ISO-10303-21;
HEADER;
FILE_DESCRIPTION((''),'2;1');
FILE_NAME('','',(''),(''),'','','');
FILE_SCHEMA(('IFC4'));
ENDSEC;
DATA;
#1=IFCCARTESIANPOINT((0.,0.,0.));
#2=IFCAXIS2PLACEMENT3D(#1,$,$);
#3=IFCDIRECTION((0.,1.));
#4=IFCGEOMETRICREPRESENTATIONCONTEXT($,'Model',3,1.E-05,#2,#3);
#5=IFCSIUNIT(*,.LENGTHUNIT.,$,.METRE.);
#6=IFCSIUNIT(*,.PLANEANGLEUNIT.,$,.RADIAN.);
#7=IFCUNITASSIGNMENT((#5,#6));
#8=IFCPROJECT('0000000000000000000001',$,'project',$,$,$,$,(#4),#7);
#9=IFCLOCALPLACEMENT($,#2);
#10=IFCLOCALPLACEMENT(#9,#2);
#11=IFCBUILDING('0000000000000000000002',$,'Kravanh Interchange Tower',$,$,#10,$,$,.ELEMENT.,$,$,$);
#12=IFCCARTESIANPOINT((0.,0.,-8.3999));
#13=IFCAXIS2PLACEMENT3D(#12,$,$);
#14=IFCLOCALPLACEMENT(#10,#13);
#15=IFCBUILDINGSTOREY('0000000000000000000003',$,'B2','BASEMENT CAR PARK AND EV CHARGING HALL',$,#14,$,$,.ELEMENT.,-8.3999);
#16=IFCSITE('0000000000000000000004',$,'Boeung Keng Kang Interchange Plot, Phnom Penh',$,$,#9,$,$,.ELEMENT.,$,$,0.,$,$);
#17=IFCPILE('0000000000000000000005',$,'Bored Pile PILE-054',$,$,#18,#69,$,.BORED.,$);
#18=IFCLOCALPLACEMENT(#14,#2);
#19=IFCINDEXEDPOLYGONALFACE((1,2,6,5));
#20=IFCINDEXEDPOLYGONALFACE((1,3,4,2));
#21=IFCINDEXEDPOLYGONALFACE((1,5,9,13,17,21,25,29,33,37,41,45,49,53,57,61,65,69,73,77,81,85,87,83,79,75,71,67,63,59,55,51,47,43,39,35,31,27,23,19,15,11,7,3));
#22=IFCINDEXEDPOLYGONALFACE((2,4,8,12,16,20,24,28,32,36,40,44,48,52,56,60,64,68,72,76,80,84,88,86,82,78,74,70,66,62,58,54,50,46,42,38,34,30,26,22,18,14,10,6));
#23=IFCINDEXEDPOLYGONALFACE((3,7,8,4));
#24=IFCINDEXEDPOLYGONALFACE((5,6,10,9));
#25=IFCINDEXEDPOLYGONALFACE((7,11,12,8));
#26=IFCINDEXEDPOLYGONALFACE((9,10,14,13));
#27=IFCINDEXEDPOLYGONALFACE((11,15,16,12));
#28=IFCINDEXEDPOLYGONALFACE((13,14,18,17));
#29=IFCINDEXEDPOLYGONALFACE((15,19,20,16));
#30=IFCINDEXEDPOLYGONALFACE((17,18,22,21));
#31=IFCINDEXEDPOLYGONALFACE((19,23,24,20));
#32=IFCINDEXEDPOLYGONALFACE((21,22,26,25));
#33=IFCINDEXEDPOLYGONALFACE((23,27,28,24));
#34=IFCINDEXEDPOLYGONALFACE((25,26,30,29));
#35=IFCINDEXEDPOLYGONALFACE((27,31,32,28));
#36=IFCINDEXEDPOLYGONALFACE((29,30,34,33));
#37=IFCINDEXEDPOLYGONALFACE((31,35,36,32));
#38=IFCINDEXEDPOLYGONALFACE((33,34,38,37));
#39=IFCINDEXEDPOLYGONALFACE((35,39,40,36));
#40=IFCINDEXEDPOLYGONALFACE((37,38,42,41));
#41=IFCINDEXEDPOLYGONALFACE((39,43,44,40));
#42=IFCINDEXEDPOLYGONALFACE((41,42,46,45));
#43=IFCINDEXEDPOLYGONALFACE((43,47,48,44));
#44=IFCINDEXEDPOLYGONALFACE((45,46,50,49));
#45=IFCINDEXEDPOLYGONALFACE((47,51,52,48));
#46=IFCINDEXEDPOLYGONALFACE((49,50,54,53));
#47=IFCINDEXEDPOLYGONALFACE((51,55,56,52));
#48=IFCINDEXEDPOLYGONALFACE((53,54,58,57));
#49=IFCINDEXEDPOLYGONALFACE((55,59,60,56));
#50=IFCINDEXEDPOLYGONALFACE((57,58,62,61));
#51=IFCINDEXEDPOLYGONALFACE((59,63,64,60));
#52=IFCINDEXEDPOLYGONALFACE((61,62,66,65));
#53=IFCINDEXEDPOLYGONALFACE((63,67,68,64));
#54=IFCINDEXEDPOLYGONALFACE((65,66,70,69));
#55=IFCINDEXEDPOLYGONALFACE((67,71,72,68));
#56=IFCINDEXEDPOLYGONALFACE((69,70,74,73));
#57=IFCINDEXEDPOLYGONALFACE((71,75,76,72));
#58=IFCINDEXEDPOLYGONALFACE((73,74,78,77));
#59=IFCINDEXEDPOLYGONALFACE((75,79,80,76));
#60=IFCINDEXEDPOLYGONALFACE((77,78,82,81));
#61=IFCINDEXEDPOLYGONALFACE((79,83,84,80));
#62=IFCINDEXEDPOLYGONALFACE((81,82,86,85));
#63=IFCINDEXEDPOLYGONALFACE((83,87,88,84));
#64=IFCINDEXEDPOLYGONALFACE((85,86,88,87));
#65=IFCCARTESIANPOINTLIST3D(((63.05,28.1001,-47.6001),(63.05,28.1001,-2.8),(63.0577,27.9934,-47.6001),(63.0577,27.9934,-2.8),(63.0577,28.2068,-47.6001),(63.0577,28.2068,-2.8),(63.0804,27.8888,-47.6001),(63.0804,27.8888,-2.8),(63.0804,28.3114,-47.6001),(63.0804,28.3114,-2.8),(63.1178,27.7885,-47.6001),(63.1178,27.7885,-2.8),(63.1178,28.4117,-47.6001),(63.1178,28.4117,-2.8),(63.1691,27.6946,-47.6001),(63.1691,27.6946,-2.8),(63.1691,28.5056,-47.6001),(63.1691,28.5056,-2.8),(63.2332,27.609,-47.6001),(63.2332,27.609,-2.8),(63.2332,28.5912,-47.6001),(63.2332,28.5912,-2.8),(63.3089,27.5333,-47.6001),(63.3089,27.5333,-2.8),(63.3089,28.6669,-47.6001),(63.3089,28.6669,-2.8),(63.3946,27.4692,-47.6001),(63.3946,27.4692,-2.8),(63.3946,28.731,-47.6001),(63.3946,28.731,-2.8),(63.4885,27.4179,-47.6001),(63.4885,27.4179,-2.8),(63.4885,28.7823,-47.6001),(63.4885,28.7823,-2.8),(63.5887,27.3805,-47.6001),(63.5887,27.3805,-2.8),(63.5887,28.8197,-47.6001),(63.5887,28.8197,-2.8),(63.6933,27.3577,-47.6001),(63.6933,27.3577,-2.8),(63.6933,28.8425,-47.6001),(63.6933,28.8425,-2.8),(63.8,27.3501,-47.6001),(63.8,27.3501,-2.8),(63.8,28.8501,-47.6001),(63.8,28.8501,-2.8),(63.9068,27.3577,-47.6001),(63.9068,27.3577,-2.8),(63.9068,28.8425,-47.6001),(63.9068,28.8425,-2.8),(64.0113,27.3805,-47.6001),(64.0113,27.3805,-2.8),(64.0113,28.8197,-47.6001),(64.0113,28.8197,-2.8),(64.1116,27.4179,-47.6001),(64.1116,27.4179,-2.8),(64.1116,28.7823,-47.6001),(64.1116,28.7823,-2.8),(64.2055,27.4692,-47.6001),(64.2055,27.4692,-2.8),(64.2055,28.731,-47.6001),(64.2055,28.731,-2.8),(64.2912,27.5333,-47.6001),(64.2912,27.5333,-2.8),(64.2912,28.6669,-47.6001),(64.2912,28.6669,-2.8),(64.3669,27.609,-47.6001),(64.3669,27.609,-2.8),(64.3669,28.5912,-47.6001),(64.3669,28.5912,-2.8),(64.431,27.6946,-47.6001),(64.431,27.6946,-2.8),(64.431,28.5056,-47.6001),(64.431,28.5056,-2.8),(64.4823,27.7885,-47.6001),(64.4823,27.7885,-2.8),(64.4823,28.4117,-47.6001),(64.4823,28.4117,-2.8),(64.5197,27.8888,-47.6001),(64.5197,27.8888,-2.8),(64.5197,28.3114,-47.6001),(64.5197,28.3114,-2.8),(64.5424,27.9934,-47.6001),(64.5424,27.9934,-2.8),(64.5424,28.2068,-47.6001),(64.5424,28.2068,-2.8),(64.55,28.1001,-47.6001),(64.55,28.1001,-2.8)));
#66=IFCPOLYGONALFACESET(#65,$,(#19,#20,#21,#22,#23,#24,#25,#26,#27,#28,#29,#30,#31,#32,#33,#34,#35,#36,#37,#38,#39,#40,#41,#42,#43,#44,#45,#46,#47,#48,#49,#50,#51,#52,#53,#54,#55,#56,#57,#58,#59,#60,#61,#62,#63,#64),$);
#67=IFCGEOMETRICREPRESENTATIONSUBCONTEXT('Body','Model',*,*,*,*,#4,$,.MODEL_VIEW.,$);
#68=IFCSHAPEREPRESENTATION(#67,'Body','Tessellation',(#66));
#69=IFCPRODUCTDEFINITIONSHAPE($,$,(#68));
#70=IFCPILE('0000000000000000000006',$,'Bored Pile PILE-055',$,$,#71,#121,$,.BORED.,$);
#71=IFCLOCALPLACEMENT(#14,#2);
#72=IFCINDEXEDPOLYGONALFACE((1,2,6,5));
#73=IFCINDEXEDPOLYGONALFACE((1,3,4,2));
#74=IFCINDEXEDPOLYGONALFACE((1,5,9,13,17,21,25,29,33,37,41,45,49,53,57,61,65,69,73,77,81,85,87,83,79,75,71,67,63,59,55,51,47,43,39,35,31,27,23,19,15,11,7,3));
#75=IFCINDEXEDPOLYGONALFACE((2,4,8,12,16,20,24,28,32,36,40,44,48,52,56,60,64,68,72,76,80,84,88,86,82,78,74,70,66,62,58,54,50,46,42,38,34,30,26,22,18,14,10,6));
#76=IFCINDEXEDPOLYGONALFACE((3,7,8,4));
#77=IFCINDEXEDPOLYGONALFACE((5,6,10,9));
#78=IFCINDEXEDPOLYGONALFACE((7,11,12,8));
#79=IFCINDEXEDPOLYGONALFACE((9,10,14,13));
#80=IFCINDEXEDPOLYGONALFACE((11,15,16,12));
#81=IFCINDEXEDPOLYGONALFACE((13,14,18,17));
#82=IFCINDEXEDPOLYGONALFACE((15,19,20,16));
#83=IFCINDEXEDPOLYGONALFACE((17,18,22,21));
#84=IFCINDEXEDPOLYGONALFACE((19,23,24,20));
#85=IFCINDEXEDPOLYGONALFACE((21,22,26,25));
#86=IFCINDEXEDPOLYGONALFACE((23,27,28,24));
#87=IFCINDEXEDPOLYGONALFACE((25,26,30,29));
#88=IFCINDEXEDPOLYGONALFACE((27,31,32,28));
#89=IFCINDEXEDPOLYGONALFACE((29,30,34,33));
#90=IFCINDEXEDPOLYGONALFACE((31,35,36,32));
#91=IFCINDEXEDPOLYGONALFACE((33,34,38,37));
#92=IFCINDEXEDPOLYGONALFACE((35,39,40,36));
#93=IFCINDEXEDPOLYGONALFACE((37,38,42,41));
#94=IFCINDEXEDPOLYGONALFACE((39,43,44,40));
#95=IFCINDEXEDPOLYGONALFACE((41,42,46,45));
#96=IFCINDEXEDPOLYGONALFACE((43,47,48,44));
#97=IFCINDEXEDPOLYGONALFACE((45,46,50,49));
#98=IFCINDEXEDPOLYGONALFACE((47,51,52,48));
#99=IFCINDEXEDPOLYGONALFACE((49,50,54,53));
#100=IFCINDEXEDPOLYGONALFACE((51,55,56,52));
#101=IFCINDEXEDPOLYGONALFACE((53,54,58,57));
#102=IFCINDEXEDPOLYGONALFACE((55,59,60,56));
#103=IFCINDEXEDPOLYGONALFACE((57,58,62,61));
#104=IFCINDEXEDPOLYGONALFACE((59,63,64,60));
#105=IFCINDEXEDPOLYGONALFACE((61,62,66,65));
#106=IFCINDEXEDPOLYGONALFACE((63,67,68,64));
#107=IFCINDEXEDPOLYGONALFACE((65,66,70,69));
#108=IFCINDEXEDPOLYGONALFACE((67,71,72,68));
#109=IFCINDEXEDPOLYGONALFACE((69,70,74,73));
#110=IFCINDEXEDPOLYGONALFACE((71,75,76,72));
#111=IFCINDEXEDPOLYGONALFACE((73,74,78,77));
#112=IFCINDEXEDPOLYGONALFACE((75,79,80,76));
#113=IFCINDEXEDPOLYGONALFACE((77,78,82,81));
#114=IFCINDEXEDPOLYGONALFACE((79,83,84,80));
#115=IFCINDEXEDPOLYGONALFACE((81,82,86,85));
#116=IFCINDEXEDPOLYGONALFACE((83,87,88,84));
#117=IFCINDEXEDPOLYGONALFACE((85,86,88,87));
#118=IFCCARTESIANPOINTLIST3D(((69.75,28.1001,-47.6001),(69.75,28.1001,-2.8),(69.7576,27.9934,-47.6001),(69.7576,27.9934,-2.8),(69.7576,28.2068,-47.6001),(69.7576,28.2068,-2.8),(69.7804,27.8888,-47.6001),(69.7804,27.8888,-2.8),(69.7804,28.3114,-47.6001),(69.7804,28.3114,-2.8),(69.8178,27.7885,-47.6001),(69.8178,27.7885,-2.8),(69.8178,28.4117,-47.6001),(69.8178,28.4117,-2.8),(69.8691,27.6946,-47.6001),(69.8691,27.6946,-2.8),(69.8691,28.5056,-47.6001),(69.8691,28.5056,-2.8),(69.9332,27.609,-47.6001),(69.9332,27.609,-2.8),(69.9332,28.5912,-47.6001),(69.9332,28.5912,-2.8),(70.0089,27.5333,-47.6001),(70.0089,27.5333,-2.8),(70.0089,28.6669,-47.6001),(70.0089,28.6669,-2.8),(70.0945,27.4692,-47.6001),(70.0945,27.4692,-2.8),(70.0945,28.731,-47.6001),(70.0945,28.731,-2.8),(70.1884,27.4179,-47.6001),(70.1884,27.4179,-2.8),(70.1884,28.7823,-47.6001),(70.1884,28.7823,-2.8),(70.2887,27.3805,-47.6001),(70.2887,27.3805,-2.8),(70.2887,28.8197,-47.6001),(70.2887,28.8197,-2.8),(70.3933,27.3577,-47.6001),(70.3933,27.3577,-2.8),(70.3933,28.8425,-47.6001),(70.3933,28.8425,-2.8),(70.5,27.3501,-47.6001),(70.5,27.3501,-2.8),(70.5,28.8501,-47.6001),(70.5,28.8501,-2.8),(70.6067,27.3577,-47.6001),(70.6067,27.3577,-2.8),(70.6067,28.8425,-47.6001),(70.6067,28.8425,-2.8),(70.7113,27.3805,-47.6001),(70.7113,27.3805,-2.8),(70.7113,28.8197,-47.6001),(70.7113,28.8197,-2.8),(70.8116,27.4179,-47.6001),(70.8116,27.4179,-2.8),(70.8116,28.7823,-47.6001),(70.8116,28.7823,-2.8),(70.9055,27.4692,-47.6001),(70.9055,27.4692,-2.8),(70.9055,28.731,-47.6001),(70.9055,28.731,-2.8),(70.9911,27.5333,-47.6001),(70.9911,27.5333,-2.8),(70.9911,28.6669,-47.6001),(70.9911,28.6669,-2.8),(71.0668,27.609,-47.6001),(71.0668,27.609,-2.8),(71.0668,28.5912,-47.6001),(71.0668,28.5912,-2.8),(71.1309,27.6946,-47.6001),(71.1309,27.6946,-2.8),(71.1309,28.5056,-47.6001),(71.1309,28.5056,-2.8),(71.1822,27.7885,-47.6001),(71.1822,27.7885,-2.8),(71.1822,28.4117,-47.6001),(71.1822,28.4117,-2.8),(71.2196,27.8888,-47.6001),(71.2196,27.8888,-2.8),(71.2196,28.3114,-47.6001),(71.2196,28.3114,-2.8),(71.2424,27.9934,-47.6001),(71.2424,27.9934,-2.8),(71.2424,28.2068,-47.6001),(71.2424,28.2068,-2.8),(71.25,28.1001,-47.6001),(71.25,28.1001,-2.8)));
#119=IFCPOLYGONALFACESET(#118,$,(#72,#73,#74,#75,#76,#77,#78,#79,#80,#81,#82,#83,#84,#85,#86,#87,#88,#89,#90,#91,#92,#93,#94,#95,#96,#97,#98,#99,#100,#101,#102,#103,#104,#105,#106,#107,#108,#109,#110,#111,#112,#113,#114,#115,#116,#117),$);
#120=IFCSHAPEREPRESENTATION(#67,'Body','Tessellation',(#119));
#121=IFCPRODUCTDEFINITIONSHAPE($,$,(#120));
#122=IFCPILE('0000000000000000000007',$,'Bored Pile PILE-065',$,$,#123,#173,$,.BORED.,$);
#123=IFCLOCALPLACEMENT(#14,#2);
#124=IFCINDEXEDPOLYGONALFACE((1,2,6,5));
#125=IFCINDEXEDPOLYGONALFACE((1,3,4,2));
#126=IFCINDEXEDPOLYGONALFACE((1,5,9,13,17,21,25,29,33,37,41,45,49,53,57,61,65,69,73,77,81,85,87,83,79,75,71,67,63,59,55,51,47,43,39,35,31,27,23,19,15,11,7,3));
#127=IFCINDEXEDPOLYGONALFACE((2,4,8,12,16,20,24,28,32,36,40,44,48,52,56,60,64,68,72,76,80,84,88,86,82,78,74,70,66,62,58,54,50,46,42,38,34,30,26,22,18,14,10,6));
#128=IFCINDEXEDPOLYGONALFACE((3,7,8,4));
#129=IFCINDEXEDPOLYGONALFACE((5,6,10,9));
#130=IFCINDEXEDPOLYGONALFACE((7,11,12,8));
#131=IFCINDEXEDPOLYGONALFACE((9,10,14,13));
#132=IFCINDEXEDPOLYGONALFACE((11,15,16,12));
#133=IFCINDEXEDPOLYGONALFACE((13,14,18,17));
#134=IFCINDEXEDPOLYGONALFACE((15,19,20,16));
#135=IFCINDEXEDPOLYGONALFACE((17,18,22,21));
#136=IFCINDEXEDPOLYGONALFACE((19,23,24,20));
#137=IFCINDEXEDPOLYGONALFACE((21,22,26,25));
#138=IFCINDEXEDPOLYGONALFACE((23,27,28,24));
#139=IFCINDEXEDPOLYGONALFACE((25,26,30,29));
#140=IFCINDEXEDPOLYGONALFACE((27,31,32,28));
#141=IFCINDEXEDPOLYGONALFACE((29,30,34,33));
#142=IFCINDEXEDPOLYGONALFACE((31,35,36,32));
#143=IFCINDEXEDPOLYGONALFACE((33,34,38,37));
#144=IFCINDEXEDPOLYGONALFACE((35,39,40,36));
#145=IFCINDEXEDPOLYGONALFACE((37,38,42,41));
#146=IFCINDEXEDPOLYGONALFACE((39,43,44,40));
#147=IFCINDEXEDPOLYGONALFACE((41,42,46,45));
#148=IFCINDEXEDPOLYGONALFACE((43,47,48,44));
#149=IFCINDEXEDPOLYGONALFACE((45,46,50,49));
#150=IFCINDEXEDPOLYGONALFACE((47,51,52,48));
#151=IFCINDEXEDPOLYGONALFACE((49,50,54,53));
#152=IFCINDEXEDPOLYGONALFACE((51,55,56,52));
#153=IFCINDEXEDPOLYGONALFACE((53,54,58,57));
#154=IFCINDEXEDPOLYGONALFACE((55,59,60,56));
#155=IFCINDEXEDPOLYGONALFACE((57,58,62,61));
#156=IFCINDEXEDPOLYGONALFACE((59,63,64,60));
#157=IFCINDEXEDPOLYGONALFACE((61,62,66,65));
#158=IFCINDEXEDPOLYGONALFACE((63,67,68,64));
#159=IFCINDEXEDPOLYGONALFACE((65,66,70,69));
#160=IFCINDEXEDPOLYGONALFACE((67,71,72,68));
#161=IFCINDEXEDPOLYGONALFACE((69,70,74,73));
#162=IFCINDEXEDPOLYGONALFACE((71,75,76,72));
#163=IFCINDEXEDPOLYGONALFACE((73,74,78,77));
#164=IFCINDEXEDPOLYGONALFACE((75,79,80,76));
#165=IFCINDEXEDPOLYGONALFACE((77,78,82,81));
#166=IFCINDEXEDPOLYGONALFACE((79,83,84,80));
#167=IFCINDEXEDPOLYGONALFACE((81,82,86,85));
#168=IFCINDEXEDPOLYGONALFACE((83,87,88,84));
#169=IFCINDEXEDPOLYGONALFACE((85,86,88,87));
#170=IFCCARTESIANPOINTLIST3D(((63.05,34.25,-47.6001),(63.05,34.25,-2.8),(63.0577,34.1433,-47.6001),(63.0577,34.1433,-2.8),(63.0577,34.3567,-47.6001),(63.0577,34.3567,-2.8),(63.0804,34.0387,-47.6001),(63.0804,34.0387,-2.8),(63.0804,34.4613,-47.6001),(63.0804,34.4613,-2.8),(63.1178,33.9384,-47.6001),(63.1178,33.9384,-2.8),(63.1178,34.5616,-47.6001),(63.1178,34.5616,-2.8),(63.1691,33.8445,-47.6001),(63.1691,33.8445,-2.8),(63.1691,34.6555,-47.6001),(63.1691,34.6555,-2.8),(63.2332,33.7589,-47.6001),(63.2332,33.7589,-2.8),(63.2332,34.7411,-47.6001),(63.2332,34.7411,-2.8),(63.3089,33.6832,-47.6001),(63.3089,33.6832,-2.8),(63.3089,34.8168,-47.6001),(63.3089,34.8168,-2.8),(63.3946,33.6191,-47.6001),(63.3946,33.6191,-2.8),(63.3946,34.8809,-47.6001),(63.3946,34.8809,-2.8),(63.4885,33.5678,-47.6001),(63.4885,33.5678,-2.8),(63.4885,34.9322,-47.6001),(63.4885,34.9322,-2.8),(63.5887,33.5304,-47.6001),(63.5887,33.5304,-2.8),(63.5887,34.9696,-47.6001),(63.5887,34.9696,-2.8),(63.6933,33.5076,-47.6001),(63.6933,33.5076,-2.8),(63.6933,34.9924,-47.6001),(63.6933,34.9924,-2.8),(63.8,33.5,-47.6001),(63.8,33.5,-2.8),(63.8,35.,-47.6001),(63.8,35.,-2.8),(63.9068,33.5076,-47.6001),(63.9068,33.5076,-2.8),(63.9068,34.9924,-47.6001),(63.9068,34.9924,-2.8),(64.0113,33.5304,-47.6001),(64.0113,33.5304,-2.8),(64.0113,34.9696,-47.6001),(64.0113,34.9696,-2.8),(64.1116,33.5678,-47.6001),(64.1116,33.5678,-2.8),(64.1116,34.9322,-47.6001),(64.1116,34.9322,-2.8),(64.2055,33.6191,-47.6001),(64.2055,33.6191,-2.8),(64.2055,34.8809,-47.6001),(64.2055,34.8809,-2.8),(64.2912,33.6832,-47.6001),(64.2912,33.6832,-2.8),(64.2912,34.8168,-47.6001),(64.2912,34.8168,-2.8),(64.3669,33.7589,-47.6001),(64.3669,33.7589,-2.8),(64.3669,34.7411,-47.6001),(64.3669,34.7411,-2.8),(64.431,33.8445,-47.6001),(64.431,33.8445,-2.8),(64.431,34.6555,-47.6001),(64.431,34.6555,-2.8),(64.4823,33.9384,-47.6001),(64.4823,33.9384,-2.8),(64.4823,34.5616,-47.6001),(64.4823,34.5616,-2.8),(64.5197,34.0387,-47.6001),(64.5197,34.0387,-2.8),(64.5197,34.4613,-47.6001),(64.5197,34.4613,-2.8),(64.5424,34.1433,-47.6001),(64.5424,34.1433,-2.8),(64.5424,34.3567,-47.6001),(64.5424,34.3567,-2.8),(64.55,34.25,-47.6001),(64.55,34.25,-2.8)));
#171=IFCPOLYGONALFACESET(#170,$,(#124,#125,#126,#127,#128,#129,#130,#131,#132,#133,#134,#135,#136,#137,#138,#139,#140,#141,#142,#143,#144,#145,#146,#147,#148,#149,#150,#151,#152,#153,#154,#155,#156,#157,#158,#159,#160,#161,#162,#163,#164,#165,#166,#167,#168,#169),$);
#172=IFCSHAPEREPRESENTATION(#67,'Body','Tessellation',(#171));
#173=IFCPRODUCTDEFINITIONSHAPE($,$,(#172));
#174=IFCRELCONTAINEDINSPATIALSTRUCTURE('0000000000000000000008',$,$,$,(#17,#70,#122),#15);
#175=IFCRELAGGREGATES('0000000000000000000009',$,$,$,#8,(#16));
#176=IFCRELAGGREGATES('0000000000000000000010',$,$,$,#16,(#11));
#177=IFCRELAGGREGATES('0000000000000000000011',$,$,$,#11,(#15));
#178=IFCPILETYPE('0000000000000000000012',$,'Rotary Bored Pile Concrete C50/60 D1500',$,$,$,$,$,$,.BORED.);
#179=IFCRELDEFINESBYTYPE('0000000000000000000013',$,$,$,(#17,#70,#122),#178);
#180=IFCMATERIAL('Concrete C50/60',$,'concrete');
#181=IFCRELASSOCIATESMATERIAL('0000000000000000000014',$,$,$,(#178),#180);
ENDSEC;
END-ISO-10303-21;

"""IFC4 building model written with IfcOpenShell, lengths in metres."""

from ifc_helpers import new_model, si_unit, direction, frame, origin, origin_2d, place, context, subcontext, project, spatial, circle, extrude, material, material_profile, profile_set, type_object, element, save


model = new_model("IFC4")

# Units and contexts
model_context = context("Model", 3, precision=1e-05, world=origin(), true_north=direction((0.0, 1.0)))
body_context = subcontext(model_context, "Body", "Model", "MODEL_VIEW")
ifc_project = project(units=[si_unit("LENGTHUNIT", "METRE"), si_unit("PLANEANGLEUNIT", "RADIAN")], contexts=[model_context])

# Site, building, storey
site_placement = place(None, origin())
site = spatial("IfcSite", under=ifc_project, at=site_placement, Name="Boeung Keng Kang Interchange Plot, Phnom Penh", CompositionType="ELEMENT", RefElevation=0.0)
building_placement = place(site_placement, origin())
building = spatial("IfcBuilding", under=site, at=building_placement, Name="Kravanh Interchange Tower", CompositionType="ELEMENT")
storey_placement = place(building_placement, frame((0.0, 0.0, -8.3999)))
storey = spatial("IfcBuildingStorey", under=building, at=storey_placement, Name="B2", Description="BASEMENT CAR PARK AND EV CHARGING HALL", CompositionType="ELEMENT", Elevation=-8.3999)

# Piles
ifc_material_1 = material(Name="Concrete C50/60", Category="concrete")
ifc_material_profile_1 = material_profile(ifc_material_1, circle(Radius=0.75, at=origin_2d()), Name="PILE-D1500")
ifc_profile_set_1 = profile_set([ifc_material_profile_1], Name="Concrete C50/60")
pile_type_1 = type_object("IfcPileType", Name="Rotary Bored Pile Concrete C50/60 D1500", PredefinedType="BORED", material=ifc_profile_set_1)
for number, where, z_axis, x_axis, name in (
    (1, (63.8, 28.1001, -2.8), (0.0, 0.0, -1.0), (1.0, 0.0, 0.0), "Bored Pile PILE-054"),
    (2, (70.5, 28.1001, -2.8), (0.0, 0.0, -1.0), (1.0, 0.0, 0.0), "Bored Pile PILE-055"),
    (3, (63.8, 34.25, -2.8), (0.0, 0.0, -1.0), (1.0, 0.0, 0.0), "Bored Pile PILE-065"),
):
    element("IfcPile", number, at=place(storey_placement, frame(where, z_axis=z_axis, x_axis=x_axis)), inside=storey, type_object=pile_type_1, Name=name, PredefinedType="BORED", context=body_context, shape_type="SweptSolid", body=[
        extrude(circle(Radius=0.75, at=origin_2d()), origin(), (0.0, 0.0, 1.0), 44.8),
    ])

save(model, "model.ifc")
